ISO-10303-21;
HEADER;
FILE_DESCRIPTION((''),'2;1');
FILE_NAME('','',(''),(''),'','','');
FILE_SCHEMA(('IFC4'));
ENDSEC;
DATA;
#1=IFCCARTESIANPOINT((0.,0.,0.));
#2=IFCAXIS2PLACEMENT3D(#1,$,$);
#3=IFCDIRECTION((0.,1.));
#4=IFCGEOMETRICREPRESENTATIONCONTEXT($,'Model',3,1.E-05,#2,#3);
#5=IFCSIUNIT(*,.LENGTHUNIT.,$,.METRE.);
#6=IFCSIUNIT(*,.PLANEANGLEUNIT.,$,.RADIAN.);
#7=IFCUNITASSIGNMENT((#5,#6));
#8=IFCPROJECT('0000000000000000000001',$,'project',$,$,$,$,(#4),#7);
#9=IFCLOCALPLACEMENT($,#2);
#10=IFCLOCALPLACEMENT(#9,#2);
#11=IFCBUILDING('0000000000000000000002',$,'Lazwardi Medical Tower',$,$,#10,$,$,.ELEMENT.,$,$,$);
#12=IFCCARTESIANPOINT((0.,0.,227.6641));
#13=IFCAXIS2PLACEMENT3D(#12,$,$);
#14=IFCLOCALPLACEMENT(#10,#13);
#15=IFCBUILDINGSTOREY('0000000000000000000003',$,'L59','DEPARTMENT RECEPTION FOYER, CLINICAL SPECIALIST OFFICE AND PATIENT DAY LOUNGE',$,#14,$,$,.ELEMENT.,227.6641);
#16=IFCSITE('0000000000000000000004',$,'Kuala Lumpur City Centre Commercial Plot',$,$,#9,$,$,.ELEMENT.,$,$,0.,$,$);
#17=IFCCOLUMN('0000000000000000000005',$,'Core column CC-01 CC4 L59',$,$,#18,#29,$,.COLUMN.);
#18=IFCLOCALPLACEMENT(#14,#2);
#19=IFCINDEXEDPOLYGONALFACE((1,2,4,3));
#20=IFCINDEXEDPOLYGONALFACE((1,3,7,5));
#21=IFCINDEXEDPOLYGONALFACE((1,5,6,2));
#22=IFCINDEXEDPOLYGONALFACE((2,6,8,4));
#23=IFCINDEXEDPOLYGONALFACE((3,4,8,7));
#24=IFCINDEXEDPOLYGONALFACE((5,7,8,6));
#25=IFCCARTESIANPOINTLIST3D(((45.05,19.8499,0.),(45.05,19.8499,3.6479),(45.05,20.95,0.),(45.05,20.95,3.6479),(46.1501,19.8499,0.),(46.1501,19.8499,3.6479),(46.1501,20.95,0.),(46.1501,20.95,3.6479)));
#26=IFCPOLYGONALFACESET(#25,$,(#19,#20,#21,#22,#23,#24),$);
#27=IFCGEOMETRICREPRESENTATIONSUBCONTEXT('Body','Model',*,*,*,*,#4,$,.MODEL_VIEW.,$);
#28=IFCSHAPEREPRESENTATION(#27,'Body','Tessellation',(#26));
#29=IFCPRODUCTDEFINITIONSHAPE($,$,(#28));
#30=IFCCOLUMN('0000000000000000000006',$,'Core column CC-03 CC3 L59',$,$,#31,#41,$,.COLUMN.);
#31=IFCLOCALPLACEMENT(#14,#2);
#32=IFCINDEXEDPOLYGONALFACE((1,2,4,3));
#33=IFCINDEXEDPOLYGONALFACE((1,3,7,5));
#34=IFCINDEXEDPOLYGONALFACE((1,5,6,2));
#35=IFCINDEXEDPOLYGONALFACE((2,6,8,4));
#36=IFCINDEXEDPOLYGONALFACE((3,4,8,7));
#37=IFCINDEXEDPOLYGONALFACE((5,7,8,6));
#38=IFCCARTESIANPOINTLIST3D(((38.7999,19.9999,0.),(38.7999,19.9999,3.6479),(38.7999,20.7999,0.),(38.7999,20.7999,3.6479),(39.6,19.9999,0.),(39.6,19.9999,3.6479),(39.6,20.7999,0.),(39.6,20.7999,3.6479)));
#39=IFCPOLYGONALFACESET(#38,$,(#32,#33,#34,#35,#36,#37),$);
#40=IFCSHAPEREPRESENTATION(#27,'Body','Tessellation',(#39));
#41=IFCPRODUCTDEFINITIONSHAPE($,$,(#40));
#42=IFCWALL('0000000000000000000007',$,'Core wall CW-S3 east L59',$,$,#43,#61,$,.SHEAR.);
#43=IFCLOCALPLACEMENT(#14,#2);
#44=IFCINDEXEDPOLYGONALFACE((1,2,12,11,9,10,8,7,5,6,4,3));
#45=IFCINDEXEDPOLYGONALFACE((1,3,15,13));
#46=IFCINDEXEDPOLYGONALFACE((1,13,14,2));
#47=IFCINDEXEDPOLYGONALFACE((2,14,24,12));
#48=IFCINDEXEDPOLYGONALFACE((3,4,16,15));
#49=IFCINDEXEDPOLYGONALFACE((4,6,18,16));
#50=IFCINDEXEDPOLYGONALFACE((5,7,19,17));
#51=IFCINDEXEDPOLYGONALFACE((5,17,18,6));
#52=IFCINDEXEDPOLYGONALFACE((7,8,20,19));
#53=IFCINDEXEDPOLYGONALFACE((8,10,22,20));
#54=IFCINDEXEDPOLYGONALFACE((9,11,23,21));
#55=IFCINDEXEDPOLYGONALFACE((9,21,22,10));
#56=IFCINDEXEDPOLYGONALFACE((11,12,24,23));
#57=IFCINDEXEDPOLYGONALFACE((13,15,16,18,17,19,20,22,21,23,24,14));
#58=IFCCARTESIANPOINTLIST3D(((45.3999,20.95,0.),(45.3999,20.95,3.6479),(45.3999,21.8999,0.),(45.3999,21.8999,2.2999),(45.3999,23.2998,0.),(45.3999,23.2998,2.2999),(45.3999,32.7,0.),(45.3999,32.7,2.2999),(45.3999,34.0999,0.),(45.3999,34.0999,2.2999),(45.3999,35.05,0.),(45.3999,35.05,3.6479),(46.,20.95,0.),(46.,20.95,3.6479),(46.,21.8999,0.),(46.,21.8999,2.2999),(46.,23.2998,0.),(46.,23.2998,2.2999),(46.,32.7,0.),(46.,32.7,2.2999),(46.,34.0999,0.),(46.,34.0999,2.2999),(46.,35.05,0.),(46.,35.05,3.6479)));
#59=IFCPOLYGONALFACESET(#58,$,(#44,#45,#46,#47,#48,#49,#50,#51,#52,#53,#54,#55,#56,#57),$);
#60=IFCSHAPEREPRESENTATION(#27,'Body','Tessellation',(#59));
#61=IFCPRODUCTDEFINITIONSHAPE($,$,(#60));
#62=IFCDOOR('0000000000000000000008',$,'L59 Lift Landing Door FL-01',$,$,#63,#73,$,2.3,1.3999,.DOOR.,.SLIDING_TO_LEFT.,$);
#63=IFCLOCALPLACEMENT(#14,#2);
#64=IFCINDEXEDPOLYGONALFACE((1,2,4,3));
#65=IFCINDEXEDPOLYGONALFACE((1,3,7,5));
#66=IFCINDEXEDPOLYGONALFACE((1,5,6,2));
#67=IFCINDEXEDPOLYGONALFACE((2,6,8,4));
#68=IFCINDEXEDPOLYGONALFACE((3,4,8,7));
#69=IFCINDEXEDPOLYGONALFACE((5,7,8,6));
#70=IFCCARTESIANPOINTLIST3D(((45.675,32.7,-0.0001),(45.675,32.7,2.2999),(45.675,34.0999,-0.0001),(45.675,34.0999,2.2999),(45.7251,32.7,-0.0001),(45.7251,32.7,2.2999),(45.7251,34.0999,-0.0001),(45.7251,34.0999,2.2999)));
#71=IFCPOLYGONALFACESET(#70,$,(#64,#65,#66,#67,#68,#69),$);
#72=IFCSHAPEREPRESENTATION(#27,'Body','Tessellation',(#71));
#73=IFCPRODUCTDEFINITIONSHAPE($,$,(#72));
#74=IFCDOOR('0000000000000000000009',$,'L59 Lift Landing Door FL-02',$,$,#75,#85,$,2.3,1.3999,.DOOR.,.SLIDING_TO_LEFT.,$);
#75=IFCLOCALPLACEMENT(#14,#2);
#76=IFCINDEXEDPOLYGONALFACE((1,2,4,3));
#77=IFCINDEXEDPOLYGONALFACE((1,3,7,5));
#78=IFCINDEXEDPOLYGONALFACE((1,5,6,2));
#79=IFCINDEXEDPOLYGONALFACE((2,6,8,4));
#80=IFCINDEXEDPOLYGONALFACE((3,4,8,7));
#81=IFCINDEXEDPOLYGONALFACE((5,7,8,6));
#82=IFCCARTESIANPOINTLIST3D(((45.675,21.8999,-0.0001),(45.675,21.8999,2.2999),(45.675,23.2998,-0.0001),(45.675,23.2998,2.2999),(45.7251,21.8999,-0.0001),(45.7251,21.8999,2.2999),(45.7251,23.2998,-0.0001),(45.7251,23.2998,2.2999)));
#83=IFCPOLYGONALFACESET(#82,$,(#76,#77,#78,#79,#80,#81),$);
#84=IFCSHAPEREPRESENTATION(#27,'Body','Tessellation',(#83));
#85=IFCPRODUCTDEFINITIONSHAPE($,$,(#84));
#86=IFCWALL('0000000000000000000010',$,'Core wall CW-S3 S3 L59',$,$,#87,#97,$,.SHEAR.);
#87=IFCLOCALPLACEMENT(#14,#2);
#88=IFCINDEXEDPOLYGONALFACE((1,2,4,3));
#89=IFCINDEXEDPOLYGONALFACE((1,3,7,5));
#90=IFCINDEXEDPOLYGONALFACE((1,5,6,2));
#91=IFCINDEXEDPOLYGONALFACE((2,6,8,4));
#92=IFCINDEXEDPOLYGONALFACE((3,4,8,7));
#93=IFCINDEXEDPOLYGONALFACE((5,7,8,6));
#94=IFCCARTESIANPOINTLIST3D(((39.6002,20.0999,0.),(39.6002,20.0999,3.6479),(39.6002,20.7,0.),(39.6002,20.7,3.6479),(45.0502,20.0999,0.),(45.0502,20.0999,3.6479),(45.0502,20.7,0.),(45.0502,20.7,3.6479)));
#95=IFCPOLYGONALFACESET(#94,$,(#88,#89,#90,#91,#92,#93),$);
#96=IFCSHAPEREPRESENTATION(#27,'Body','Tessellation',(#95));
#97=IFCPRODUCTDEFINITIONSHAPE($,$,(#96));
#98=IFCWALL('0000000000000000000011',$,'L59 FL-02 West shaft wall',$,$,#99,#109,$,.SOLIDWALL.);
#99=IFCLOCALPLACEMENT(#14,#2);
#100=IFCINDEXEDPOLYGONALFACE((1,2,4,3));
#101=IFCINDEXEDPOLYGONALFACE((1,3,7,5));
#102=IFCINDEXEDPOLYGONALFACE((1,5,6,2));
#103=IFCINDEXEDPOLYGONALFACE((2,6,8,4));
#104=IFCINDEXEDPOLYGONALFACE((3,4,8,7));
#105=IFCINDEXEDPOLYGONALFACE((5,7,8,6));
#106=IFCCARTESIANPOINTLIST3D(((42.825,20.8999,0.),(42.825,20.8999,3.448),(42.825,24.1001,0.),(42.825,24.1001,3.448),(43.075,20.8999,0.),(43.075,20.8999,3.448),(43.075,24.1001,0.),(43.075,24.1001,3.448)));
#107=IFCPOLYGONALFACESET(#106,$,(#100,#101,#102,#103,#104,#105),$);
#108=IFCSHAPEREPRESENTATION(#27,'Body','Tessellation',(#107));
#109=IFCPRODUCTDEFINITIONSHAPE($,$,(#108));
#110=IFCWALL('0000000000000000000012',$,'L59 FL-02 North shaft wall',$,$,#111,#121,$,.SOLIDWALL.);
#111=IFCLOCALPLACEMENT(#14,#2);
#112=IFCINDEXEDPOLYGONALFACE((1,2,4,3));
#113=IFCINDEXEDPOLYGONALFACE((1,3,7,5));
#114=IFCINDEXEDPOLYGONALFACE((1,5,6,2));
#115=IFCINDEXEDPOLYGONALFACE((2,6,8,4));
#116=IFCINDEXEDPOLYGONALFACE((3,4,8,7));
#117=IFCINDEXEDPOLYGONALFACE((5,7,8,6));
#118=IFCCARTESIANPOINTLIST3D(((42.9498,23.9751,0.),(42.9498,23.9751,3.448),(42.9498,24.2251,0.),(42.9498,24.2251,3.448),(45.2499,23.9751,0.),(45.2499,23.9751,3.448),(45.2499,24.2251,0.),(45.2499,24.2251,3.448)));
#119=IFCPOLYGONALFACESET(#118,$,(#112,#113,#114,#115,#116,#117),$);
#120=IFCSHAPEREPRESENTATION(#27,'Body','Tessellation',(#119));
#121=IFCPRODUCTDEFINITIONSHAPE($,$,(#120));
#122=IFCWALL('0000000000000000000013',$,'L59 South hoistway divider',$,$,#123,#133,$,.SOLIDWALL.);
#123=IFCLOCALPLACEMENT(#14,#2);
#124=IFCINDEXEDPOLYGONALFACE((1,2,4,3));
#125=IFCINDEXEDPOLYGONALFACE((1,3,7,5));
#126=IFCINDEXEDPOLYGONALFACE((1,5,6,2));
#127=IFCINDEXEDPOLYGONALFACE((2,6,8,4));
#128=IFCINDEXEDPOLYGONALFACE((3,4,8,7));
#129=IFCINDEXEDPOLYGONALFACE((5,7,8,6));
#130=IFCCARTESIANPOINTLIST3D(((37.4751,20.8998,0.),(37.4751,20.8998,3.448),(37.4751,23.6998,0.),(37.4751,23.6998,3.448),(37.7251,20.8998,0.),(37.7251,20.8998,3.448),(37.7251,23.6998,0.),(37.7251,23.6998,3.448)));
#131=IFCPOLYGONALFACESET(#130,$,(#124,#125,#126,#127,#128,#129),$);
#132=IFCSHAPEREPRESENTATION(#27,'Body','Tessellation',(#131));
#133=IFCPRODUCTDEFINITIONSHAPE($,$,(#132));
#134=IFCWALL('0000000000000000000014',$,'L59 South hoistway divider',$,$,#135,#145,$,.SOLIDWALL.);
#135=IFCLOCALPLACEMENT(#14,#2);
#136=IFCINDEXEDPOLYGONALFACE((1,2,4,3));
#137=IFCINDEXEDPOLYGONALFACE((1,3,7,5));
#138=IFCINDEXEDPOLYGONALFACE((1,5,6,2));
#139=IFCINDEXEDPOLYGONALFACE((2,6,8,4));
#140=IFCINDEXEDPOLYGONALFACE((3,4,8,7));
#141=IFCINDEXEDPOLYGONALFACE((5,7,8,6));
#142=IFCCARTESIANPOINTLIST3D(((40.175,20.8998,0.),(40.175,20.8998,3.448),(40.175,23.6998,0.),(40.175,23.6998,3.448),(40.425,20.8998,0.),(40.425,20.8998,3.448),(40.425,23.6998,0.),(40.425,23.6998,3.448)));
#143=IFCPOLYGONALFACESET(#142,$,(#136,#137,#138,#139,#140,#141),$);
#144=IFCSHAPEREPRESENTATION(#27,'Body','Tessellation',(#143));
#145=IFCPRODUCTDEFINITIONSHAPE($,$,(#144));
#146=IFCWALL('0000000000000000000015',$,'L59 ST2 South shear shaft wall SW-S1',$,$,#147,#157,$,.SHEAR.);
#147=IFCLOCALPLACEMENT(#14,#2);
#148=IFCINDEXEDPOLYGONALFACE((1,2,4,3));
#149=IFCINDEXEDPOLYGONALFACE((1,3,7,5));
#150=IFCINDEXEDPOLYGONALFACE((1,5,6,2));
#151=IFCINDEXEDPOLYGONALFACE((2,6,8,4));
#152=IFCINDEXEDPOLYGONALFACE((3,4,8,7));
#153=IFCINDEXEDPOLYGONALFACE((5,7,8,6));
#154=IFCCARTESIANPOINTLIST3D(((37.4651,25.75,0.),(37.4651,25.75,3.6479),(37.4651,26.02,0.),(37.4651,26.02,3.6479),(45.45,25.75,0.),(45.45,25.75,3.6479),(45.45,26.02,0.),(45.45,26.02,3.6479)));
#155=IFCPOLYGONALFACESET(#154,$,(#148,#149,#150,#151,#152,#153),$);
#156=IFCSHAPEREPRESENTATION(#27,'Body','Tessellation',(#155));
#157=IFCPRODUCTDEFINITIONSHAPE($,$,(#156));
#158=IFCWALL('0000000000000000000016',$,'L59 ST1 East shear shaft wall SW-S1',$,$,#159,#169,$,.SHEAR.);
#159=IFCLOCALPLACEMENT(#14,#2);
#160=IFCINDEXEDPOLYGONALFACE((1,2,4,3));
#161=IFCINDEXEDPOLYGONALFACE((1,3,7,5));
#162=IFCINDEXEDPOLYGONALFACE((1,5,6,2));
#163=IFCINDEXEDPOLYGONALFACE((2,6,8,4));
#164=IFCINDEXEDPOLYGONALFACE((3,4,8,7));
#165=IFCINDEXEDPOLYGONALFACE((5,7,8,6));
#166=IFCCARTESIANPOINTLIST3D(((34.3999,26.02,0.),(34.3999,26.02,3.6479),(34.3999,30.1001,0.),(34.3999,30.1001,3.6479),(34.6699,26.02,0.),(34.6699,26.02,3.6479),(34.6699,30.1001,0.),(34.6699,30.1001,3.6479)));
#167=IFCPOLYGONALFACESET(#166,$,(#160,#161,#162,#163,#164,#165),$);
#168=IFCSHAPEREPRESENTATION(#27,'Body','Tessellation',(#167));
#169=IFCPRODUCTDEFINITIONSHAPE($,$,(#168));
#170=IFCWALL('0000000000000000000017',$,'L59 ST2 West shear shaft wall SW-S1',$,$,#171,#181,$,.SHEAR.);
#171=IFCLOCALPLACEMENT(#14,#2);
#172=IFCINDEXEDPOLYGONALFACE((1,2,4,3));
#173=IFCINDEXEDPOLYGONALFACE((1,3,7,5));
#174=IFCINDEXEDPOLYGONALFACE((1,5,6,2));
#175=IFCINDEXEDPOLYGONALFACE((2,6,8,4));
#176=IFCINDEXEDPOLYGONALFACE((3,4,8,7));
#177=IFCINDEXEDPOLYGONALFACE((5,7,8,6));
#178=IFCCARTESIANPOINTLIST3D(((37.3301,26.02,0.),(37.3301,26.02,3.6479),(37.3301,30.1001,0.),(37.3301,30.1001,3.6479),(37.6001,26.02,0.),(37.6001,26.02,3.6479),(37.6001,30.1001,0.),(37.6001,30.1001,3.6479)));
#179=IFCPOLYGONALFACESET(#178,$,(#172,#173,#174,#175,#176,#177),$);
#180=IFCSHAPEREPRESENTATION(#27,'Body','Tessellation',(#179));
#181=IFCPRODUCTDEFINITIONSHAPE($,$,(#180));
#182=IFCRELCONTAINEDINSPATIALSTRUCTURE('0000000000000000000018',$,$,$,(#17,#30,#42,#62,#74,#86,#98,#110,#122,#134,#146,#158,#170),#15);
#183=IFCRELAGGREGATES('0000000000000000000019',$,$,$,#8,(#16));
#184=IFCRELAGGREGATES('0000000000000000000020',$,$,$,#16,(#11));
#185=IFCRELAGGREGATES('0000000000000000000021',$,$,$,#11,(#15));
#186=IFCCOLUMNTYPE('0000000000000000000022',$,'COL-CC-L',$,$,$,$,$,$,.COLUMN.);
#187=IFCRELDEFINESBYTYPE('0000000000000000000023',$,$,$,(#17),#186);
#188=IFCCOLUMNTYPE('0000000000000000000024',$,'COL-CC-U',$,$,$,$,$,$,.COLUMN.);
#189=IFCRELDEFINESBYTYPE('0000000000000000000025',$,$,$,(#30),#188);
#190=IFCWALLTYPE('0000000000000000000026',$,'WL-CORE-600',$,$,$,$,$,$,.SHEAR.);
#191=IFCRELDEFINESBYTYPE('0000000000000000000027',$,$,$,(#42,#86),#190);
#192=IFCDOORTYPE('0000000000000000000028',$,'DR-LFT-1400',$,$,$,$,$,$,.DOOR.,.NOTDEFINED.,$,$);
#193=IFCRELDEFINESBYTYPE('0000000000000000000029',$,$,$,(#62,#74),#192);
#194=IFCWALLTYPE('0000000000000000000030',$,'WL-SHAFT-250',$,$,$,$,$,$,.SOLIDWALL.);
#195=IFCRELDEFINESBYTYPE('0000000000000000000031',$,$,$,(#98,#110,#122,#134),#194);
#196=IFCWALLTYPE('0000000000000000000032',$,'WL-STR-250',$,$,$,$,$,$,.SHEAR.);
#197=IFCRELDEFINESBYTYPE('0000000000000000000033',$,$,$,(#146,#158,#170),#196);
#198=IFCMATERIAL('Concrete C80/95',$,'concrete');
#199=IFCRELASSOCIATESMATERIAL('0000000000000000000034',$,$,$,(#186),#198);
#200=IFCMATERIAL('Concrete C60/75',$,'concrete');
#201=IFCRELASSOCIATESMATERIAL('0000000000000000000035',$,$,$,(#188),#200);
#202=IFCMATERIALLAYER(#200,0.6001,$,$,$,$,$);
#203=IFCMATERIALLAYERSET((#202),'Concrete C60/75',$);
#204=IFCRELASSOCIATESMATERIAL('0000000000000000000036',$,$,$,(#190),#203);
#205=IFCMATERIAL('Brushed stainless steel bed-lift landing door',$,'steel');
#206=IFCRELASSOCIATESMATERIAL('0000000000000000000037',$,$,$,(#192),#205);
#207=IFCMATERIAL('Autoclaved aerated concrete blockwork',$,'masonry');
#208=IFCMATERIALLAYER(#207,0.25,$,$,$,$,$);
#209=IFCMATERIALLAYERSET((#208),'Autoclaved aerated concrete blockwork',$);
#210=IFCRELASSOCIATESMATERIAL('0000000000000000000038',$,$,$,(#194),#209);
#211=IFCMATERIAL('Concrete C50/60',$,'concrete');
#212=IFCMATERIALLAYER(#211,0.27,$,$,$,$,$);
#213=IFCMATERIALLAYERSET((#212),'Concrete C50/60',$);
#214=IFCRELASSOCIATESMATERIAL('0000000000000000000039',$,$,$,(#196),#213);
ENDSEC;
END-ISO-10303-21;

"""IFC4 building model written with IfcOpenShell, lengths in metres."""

from ifc_helpers import new_model, si_unit, direction, frame, frame_2d, origin, origin_2d, place, context, subcontext, project, spatial, rectangle, extrude, material, layer, layer_set, material_profile, profile_set, type_object, element, fill, save


model = new_model("IFC4")

# Units and contexts
model_context = context("Model", 3, precision=1e-05, world=origin(), true_north=direction((0.0, 1.0)))
body_context = subcontext(model_context, "Body", "Model", "MODEL_VIEW")
ifc_project = project(units=[si_unit("LENGTHUNIT", "METRE"), si_unit("PLANEANGLEUNIT", "RADIAN")], contexts=[model_context])

# Site, building, storey
site_placement = place(None, origin())
site = spatial("IfcSite", under=ifc_project, at=site_placement, Name="Kuala Lumpur City Centre Commercial Plot", CompositionType="ELEMENT", RefElevation=0.0)
building_placement = place(site_placement, origin())
building = spatial("IfcBuilding", under=site, at=building_placement, Name="Lazwardi Medical Tower", CompositionType="ELEMENT")
storey_placement = place(building_placement, frame((0.0, 0.0, 227.6641)))
storey = spatial("IfcBuildingStorey", under=building, at=storey_placement, Name="L59", Description="DEPARTMENT RECEPTION FOYER, CLINICAL SPECIALIST OFFICE AND PATIENT DAY LOUNGE", CompositionType="ELEMENT", Elevation=227.6641)

# Columns
ifc_material_1 = material(Name="Concrete C80/95", Category="concrete")
ifc_material_profile_1 = material_profile(ifc_material_1, rectangle(XDim=1.1001, YDim=1.1001, at=origin_2d()), Name="RC 1100x1100")
ifc_profile_set_1 = profile_set([ifc_material_profile_1], Name="Concrete C80/95")
column_type_1 = type_object("IfcColumnType", Name="COL-CC-L", PredefinedType="COLUMN", material=ifc_profile_set_1)
column_1_placement = place(storey_placement, frame((45.6001, 20.3999, 0.0), z_axis=(0.0, 0.0, 1.0), x_axis=(1.0, 0.0, 0.0)))
element("IfcColumn", 1, at=column_1_placement, inside=storey, type_object=column_type_1, Name="Core column CC-01 CC4 L59", PredefinedType="COLUMN", context=body_context, shape_type="SweptSolid", body=[
    extrude(rectangle(XDim=1.1001, YDim=1.1001, at=origin_2d()), origin(), (0.0, 0.0, 1.0), 3.6479),
])
ifc_material_2 = material(Name="Concrete C60/75", Category="concrete")
ifc_material_profile_2 = material_profile(ifc_material_2, rectangle(XDim=0.8, YDim=0.8, at=origin_2d()), Name="RC 800x800")
ifc_profile_set_2 = profile_set([ifc_material_profile_2], Name="Concrete C60/75")
column_type_2 = type_object("IfcColumnType", Name="COL-CC-U", PredefinedType="COLUMN", material=ifc_profile_set_2)
column_2_placement = place(storey_placement, frame((39.2, 20.3999, 0.0), z_axis=(0.0, 0.0, 1.0), x_axis=(1.0, 0.0, 0.0)))
element("IfcColumn", 2, at=column_2_placement, inside=storey, type_object=column_type_2, Name="Core column CC-03 CC3 L59", PredefinedType="COLUMN", context=body_context, shape_type="SweptSolid", body=[
    extrude(rectangle(XDim=0.8, YDim=0.8, at=origin_2d()), origin(), (0.0, 0.0, 1.0), 3.6479),
])

# Wall, openings, doors
ifc_layer_1 = layer(ifc_material_2, 0.6001)
ifc_layer_set_1 = layer_set([ifc_layer_1], Name="Concrete C60/75")
wall_type_1 = type_object("IfcWallType", Name="WL-CORE-600", PredefinedType="SHEAR", material=ifc_layer_set_1)
wall_1_placement = place(storey_placement, frame((45.7, 20.95, 0.0), z_axis=(0.0, 0.0, 1.0), x_axis=(0.0, 1.0, 0.0)))
wall_1 = element("IfcWall", 3, at=wall_1_placement, inside=storey, type_object=wall_type_1, Name="Core wall CW-S3 east L59", PredefinedType="SHEAR", context=body_context, shape_type="SweptSolid", body=[
    extrude(rectangle(XDim=14.1001, YDim=0.6001, at=frame_2d((7.05, 0.0))), origin(), (0.0, 0.0, 1.0), 3.6479),
])
opening_1_placement = place(wall_1_placement, frame((11.75, 0.0, 0.0)))
opening_1 = element("IfcOpeningElement", 4, at=opening_1_placement, cuts=wall_1, PredefinedType="OPENING", context=body_context, shape_type="SweptSolid", body=[
    extrude(rectangle(XDim=1.3999, YDim=2.3, at=frame_2d((0.7, 1.1499))), frame((0.0, 0.3101, 0.0), z_axis=(0.0, -1.0, 0.0), x_axis=(1.0, 0.0, 0.0)), (0.0, 0.0, 1.0), 0.6201),
])
opening_2_placement = place(wall_1_placement, frame((0.95, 0.0, 0.0)))
opening_2 = element("IfcOpeningElement", 5, at=opening_2_placement, cuts=wall_1, PredefinedType="OPENING", context=body_context, shape_type="SweptSolid", body=[
    extrude(rectangle(XDim=1.3999, YDim=2.3, at=frame_2d((0.7, 1.1499))), frame((0.0, 0.3101, 0.0), z_axis=(0.0, -1.0, 0.0), x_axis=(1.0, 0.0, 0.0)), (0.0, 0.0, 1.0), 0.6201),
])
ifc_material_3 = material(Name="Brushed stainless steel bed-lift landing door", Category="steel")
door_type_1 = type_object("IfcDoorType", Name="DR-LFT-1400", OperationType="NOTDEFINED", PredefinedType="DOOR", material=ifc_material_3)
door_1_placement = place(opening_1_placement, origin())
door_1 = element("IfcDoor", 6, at=door_1_placement, inside=storey, type_object=door_type_1, Name="L59 Lift Landing Door FL-01", OperationType="SLIDING_TO_LEFT", OverallHeight=2.3, OverallWidth=1.3999, PredefinedType="DOOR", context=body_context, shape_type="SweptSolid", body=[
    extrude(rectangle(XDim=1.3999, YDim=2.3, at=frame_2d((0.7, 1.1499))), frame((0.0, 0.0249, 0.0), z_axis=(0.0, -1.0, 0.0), x_axis=(1.0, 0.0, 0.0)), (0.0, 0.0, 1.0), 0.05),
])
fill(opening_1, door_1)
door_2_placement = place(opening_2_placement, origin())
door_2 = element("IfcDoor", 7, at=door_2_placement, inside=storey, type_object=door_type_1, Name="L59 Lift Landing Door FL-02", OperationType="SLIDING_TO_LEFT", OverallHeight=2.3, OverallWidth=1.3999, PredefinedType="DOOR", context=body_context, shape_type="SweptSolid", body=[
    extrude(rectangle(XDim=1.3999, YDim=2.3, at=frame_2d((0.7, 1.1499))), frame((0.0, 0.0249, 0.0), z_axis=(0.0, -1.0, 0.0), x_axis=(1.0, 0.0, 0.0)), (0.0, 0.0, 1.0), 0.05),
])
fill(opening_2, door_2)

# Walls
wall_2_placement = place(storey_placement, frame((39.6001, 20.3999, 0.0), z_axis=(0.0, 0.0, 1.0), x_axis=(1.0, 0.0, 0.0)))
element("IfcWall", 8, at=wall_2_placement, inside=storey, type_object=wall_type_1, Name="Core wall CW-S3 S3 L59", PredefinedType="SHEAR", context=body_context, shape_type="SweptSolid", body=[
    extrude(rectangle(XDim=5.45, YDim=0.6001, at=frame_2d((2.7251, 0.0))), origin(), (0.0, 0.0, 1.0), 3.6479),
])
ifc_material_4 = material(Name="Autoclaved aerated concrete blockwork", Category="masonry")
ifc_layer_2 = layer(ifc_material_4, 0.25)
ifc_layer_set_2 = layer_set([ifc_layer_2], Name="Autoclaved aerated concrete blockwork")
wall_type_2 = type_object("IfcWallType", Name="WL-SHAFT-250", PredefinedType="SOLIDWALL", material=ifc_layer_set_2)
wall_3_placement = place(storey_placement, frame((42.95, 20.8999, 0.0), z_axis=(0.0, 0.0, 1.0), x_axis=(0.0, 1.0, 0.0)))
element("IfcWall", 9, at=wall_3_placement, inside=storey, type_object=wall_type_2, Name="L59 FL-02 West shaft wall", PredefinedType="SOLIDWALL", context=body_context, shape_type="SweptSolid", body=[
    extrude(rectangle(XDim=3.2002, YDim=0.25, at=frame_2d((1.6001, 0.0))), origin(), (0.0, 0.0, 1.0), 3.448),
])
wall_4_placement = place(storey_placement, frame((42.95, 24.1001, 0.0), z_axis=(0.0, 0.0, 1.0), x_axis=(1.0, 0.0, 0.0)))
element("IfcWall", 10, at=wall_4_placement, inside=storey, type_object=wall_type_2, Name="L59 FL-02 North shaft wall", PredefinedType="SOLIDWALL", context=body_context, shape_type="SweptSolid", body=[
    extrude(rectangle(XDim=2.3, YDim=0.25, at=frame_2d((1.1499, 0.0))), origin(), (0.0, 0.0, 1.0), 3.448),
])
for number, where, z_axis, x_axis, name in (
    (11, (37.6001, 20.8999, 0.0), (0.0, 0.0, 1.0), (0.0, 1.0, 0.0), "L59 South hoistway divider"),
    (12, (40.3, 20.8999, 0.0), (0.0, 0.0, 1.0), (0.0, 1.0, 0.0), "L59 South hoistway divider"),
):
    element("IfcWall", number, at=place(storey_placement, frame(where, z_axis=z_axis, x_axis=x_axis)), inside=storey, type_object=wall_type_2, Name=name, PredefinedType="SOLIDWALL", context=body_context, shape_type="SweptSolid", body=[
        extrude(rectangle(XDim=2.8, YDim=0.25, at=frame_2d((1.3999, 0.0))), origin(), (0.0, 0.0, 1.0), 3.448),
    ])

# Shared definitions
ifc_material_5 = material(Name="Concrete C50/60", Category="concrete")
ifc_layer_3 = layer(ifc_material_5, 0.27)
ifc_layer_set_3 = layer_set([ifc_layer_3], Name="Concrete C50/60")
wall_type_3 = type_object("IfcWallType", Name="WL-STR-250", PredefinedType="SHEAR", material=ifc_layer_set_3)

# Walls
wall_5_placement = place(storey_placement, frame((37.4651, 25.885, 0.0), z_axis=(0.0, 0.0, 1.0), x_axis=(1.0, 0.0, 0.0)))
element("IfcWall", 13, at=wall_5_placement, inside=storey, type_object=wall_type_3, Name="L59 ST2 South shear shaft wall SW-S1", PredefinedType="SHEAR", context=body_context, shape_type="SweptSolid", body=[
    extrude(rectangle(XDim=7.9849, YDim=0.27, at=frame_2d((3.9924, 0.0))), origin(), (0.0, 0.0, 1.0), 3.6479),
])
for number, where, z_axis, x_axis, name in (
    (14, (34.5349, 26.02, 0.0), (0.0, 0.0, 1.0), (0.0, 1.0, 0.0), "L59 ST1 East shear shaft wall SW-S1"),
    (15, (37.4651, 26.02, 0.0), (0.0, 0.0, 1.0), (0.0, 1.0, 0.0), "L59 ST2 West shear shaft wall SW-S1"),
):
    element("IfcWall", number, at=place(storey_placement, frame(where, z_axis=z_axis, x_axis=x_axis)), inside=storey, type_object=wall_type_3, Name=name, PredefinedType="SHEAR", context=body_context, shape_type="SweptSolid", body=[
        extrude(rectangle(XDim=4.0801, YDim=0.27, at=frame_2d((2.04, 0.0))), origin(), (0.0, 0.0, 1.0), 3.6479),
    ])

save(model, "model.ifc")
